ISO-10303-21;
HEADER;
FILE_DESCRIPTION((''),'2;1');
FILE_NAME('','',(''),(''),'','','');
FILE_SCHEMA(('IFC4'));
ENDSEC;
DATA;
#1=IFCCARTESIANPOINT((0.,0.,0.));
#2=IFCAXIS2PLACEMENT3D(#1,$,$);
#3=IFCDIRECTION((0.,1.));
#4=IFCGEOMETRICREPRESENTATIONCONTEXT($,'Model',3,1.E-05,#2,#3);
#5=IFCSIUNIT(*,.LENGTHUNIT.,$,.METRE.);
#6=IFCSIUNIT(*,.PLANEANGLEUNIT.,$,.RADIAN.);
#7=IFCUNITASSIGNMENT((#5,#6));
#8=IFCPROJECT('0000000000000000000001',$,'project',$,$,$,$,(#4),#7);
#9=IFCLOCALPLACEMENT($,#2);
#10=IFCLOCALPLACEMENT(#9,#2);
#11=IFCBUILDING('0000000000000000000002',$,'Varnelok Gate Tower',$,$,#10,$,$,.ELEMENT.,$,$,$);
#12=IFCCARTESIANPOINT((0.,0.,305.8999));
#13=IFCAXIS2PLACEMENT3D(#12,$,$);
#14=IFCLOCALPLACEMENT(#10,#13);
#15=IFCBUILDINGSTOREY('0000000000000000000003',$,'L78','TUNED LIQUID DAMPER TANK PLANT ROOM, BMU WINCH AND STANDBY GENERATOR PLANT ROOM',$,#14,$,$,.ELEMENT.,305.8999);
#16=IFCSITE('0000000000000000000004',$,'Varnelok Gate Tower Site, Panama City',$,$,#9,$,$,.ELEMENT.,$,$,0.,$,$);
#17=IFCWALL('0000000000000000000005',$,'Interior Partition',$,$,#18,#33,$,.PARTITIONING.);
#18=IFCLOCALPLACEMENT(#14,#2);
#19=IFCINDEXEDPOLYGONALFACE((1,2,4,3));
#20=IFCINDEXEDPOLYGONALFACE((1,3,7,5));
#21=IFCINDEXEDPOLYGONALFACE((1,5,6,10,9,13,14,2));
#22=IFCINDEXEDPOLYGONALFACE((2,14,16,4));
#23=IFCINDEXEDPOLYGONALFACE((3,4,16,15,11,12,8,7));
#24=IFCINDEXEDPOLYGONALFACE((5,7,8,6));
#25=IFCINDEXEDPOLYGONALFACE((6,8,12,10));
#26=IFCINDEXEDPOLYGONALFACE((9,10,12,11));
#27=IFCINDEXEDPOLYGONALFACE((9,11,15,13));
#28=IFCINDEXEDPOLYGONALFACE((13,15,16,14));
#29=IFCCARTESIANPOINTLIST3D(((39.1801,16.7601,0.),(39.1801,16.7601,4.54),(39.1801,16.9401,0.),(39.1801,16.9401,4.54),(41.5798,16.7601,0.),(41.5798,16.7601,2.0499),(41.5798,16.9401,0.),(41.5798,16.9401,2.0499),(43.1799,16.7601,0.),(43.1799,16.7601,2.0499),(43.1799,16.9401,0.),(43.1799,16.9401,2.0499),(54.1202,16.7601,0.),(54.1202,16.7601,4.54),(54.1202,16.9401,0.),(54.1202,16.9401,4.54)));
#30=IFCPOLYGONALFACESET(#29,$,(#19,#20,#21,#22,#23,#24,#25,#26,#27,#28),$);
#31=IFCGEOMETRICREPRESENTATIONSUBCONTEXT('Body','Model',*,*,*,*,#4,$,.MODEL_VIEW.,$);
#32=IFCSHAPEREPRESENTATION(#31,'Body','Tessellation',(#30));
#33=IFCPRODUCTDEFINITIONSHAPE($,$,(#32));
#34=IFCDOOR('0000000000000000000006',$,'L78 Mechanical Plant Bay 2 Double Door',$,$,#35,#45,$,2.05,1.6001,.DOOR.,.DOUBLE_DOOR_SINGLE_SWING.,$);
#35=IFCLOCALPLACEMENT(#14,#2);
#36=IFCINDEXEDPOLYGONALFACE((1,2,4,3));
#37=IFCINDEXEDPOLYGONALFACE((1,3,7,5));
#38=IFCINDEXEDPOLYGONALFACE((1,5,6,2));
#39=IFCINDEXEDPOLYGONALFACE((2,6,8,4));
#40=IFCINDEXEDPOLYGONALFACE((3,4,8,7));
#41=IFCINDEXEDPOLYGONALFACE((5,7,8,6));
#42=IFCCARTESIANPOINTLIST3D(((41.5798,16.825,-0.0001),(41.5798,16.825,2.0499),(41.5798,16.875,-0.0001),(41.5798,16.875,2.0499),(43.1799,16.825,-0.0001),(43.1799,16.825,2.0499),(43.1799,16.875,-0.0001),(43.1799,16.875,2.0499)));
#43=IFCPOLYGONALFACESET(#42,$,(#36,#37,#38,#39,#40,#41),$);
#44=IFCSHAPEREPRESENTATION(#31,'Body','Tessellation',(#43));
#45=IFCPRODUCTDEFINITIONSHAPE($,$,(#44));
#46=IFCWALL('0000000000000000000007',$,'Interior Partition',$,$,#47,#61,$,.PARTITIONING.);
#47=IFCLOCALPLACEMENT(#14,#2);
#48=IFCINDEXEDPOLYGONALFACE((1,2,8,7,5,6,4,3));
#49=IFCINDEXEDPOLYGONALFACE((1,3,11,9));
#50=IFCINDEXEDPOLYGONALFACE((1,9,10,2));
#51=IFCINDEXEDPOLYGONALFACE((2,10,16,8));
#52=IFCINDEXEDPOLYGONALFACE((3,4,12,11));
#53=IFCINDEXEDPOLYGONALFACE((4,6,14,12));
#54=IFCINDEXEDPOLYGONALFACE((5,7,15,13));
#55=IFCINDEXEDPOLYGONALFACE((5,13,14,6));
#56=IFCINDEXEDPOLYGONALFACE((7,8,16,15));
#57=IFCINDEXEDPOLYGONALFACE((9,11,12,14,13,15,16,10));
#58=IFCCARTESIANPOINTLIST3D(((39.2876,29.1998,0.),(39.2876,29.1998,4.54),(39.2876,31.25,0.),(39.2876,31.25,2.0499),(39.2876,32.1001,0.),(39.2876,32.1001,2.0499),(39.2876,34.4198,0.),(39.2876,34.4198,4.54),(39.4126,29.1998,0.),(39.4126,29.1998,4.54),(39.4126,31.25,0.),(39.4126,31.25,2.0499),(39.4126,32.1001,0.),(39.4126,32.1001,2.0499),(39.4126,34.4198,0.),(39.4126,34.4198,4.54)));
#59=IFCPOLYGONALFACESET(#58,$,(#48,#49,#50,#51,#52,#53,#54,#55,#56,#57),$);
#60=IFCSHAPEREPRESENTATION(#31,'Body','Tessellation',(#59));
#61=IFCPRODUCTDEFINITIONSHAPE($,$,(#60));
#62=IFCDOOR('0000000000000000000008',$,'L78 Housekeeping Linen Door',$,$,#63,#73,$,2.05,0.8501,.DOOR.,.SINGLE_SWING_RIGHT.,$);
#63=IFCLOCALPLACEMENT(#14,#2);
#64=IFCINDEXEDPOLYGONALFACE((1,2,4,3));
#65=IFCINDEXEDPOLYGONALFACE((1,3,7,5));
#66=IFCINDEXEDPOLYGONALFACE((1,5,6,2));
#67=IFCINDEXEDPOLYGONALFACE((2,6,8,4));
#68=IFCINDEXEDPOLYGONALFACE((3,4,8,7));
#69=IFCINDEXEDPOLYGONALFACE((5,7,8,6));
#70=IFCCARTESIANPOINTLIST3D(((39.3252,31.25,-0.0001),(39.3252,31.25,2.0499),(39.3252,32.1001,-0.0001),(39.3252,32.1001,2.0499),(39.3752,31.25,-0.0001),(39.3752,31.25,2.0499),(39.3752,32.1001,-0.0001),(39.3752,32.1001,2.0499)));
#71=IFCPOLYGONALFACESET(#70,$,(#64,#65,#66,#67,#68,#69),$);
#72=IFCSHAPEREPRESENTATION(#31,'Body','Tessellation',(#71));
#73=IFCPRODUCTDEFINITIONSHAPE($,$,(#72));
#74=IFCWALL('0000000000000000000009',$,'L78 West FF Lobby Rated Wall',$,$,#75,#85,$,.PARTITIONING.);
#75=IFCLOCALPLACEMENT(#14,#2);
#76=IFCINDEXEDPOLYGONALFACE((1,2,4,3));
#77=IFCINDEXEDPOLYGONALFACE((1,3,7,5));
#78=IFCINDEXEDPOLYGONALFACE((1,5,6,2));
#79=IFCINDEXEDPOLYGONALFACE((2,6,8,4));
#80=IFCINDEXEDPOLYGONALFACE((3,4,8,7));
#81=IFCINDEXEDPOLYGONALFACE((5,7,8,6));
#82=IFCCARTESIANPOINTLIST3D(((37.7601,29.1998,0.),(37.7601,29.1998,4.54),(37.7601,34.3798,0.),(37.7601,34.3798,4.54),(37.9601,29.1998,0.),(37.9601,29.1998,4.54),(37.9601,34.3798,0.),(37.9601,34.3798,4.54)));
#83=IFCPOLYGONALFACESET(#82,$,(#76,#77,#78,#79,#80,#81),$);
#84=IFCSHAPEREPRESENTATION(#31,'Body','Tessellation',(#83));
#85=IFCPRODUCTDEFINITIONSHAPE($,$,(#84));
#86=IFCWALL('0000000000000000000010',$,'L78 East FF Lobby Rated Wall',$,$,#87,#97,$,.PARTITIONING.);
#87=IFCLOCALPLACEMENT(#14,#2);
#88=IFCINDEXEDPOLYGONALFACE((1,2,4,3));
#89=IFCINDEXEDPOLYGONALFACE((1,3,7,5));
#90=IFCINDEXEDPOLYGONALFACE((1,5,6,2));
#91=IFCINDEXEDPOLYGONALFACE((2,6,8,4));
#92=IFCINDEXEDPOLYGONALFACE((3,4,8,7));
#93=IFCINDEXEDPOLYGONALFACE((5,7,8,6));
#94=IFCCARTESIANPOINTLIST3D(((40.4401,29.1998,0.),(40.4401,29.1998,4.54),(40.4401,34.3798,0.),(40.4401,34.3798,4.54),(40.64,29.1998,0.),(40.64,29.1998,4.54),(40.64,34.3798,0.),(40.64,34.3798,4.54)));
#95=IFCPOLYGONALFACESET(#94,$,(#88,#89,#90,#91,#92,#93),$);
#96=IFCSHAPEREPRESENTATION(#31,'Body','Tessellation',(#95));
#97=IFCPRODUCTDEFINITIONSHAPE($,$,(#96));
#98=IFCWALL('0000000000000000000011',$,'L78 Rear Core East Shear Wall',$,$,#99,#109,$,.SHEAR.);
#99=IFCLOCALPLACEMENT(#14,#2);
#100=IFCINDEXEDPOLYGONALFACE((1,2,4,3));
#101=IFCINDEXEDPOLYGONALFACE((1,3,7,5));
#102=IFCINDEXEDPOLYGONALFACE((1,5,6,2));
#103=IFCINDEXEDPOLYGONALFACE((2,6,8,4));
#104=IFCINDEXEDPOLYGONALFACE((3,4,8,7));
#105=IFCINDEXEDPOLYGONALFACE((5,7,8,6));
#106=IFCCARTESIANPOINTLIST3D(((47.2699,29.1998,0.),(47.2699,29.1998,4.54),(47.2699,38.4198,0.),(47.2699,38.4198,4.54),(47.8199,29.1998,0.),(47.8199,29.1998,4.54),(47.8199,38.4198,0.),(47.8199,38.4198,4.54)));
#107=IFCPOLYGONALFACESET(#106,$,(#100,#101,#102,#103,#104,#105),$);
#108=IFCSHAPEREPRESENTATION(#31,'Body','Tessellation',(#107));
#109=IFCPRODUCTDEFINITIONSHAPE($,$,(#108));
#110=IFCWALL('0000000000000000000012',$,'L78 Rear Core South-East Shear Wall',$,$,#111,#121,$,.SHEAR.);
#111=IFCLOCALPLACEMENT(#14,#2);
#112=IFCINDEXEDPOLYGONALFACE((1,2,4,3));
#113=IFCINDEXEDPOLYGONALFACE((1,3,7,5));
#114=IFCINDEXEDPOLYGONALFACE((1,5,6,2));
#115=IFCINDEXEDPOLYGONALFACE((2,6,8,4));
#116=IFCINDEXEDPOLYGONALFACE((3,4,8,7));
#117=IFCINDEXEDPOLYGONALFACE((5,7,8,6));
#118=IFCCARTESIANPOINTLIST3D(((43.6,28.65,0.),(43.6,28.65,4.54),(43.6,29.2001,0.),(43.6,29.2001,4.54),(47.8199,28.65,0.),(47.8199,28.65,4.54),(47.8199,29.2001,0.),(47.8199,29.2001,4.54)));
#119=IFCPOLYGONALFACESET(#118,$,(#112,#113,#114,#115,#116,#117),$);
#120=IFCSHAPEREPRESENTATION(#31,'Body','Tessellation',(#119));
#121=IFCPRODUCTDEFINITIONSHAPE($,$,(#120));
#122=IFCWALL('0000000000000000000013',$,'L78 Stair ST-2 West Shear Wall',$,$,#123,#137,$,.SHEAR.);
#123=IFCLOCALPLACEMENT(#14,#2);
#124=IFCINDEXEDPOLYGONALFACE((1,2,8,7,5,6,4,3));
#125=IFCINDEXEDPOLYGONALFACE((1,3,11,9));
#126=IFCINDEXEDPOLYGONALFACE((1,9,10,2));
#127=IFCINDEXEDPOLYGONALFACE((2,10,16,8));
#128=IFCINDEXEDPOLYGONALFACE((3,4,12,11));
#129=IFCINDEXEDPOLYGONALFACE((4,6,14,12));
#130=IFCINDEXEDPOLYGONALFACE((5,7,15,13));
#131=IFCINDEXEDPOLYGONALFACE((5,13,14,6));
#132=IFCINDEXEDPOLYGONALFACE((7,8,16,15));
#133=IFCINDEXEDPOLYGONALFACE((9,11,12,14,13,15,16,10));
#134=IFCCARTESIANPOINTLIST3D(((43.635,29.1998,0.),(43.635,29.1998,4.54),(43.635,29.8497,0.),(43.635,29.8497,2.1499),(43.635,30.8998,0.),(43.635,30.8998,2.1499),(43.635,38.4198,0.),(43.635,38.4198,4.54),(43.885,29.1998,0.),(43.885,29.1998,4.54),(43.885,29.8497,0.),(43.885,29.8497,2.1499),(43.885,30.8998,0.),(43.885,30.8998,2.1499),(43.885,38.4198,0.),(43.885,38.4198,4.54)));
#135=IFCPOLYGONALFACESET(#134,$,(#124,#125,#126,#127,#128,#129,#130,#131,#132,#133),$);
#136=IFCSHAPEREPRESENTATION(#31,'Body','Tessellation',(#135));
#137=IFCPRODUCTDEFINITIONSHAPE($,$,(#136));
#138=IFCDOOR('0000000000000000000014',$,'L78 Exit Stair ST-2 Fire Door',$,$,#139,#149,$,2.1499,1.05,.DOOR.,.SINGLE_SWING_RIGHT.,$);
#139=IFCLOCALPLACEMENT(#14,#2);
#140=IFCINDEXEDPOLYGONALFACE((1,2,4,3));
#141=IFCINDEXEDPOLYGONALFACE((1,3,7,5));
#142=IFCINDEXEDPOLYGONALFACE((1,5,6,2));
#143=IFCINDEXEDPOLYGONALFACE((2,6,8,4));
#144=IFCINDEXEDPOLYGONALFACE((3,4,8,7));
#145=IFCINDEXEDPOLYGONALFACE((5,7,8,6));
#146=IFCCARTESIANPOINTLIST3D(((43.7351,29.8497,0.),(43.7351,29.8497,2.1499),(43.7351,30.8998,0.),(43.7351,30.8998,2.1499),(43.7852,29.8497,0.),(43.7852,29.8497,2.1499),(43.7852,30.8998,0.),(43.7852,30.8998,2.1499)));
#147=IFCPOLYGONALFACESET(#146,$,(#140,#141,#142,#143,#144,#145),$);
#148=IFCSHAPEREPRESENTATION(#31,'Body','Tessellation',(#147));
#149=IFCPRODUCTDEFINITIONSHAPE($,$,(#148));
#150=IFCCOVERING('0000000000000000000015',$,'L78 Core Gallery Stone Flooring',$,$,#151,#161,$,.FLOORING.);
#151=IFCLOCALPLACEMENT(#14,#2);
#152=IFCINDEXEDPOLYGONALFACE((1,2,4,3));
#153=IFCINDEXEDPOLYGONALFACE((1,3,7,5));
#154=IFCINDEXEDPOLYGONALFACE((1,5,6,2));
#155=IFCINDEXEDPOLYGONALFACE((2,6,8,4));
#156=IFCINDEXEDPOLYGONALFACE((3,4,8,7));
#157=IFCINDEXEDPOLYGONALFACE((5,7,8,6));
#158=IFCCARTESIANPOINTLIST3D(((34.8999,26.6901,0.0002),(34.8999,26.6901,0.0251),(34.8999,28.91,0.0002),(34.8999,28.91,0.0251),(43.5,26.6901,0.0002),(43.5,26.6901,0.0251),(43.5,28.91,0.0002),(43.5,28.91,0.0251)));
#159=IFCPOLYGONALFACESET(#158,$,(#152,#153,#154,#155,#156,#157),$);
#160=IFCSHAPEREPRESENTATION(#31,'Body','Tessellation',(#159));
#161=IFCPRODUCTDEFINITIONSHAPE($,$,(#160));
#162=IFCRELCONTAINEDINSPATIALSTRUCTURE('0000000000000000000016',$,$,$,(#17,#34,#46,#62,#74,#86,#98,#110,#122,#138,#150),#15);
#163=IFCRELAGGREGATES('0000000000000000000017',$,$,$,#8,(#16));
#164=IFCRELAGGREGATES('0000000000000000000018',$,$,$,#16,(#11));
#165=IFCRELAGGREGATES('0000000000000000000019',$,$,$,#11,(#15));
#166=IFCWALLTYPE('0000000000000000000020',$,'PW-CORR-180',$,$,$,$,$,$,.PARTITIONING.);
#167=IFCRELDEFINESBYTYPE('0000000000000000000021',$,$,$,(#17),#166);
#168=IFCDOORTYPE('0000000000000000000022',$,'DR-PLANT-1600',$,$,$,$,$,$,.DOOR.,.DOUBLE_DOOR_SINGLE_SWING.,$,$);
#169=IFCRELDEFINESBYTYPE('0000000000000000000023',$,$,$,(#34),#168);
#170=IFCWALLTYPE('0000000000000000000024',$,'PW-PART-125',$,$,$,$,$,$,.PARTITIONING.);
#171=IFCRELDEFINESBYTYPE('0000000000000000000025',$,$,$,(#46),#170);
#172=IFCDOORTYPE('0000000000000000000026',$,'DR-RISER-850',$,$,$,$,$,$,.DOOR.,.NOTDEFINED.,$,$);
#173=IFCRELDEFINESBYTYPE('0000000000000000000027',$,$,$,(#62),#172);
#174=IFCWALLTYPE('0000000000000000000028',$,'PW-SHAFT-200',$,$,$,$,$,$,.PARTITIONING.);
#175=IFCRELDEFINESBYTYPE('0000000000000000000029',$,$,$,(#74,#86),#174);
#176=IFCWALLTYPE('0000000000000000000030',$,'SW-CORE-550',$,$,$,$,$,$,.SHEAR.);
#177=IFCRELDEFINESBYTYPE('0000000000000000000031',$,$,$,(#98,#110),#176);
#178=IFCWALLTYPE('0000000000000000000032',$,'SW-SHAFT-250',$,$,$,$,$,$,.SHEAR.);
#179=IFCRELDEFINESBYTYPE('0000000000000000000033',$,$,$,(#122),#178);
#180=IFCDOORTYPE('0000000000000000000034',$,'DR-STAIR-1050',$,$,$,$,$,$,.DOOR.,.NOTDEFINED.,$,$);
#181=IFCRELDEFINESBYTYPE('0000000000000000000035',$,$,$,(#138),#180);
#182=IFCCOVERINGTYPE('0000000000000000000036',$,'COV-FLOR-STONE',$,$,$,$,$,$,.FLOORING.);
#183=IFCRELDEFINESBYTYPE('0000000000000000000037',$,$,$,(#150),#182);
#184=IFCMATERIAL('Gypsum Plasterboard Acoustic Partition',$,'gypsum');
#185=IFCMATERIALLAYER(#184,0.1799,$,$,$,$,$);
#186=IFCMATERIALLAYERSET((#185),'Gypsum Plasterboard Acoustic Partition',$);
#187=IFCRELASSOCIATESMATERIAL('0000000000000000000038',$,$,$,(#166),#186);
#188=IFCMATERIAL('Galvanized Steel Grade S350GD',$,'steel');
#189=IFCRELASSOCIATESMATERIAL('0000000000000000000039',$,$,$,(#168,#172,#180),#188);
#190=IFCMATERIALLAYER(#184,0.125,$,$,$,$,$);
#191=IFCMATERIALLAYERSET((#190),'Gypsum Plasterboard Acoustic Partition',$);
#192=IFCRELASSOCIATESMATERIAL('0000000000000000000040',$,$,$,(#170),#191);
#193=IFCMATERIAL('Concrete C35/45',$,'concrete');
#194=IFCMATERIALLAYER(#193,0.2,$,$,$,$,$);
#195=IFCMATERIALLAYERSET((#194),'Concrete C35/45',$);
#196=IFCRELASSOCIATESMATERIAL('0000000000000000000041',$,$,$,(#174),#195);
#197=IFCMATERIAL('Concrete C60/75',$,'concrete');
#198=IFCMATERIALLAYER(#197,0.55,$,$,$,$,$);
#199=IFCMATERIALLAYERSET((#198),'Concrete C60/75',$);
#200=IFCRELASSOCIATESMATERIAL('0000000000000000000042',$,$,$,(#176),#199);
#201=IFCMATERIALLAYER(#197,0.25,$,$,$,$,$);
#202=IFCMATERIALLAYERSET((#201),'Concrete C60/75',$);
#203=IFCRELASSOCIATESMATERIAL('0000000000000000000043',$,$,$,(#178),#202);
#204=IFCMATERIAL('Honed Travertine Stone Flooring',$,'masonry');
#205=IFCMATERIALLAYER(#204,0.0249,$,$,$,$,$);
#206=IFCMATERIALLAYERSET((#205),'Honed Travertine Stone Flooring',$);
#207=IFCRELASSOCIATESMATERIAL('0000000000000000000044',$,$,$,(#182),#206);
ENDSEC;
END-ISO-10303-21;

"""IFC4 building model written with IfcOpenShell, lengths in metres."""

from ifc_helpers import new_model, si_unit, direction, frame, frame_2d, origin, origin_2d, place, context, subcontext, project, spatial, rectangle, extrude, source, transform, mapped, material, layer, layer_set, type_object, element, fill, save


model = new_model("IFC4")

# Units and contexts
model_context = context("Model", 3, precision=1e-05, world=origin(), true_north=direction((0.0, 1.0)))
body_context = subcontext(model_context, "Body", "Model", "MODEL_VIEW")
ifc_project = project(units=[si_unit("LENGTHUNIT", "METRE"), si_unit("PLANEANGLEUNIT", "RADIAN")], contexts=[model_context])

# Site, building, storey
site_placement = place(None, origin())
site = spatial("IfcSite", under=ifc_project, at=site_placement, Name="Varnelok Gate Tower Site, Panama City", CompositionType="ELEMENT", RefElevation=0.0)
building_placement = place(site_placement, origin())
building = spatial("IfcBuilding", under=site, at=building_placement, Name="Varnelok Gate Tower", CompositionType="ELEMENT")
storey_placement = place(building_placement, frame((0.0, 0.0, 305.8999)))
storey = spatial("IfcBuildingStorey", under=building, at=storey_placement, Name="L78", Description="TUNED LIQUID DAMPER TANK PLANT ROOM, BMU WINCH AND STANDBY GENERATOR PLANT ROOM", CompositionType="ELEMENT", Elevation=305.8999)

# Shared definitions
ifc_material_1 = material(Name="Gypsum Plasterboard Acoustic Partition", Category="gypsum")
ifc_layer_1 = layer(ifc_material_1, 0.1799)
ifc_layer_set_1 = layer_set([ifc_layer_1], Name="Gypsum Plasterboard Acoustic Partition")
wall_type_1 = type_object("IfcWallType", Name="PW-CORR-180", PredefinedType="PARTITIONING", material=ifc_layer_set_1)

# Walls, openings, doors
wall_1_placement = place(storey_placement, frame((39.1799, 16.8501, 0.0), z_axis=(0.0, 0.0, 1.0), x_axis=(1.0, 0.0, 0.0)))
wall_1 = element("IfcWall", 1, at=wall_1_placement, inside=storey, type_object=wall_type_1, Name="Interior Partition", PredefinedType="PARTITIONING", context=body_context, shape_type="SweptSolid", body=[
    extrude(rectangle(XDim=14.9402, YDim=0.1799, at=frame_2d((7.4702, 0.0))), origin(), (0.0, 0.0, 1.0), 4.54),
])
opening_1_placement = place(wall_1_placement, frame((2.3999, 0.0, 0.0)))
opening_1 = element("IfcOpeningElement", 2, at=opening_1_placement, cuts=wall_1, PredefinedType="OPENING", context=body_context, shape_type="SweptSolid", body=[
    extrude(rectangle(XDim=1.6001, YDim=2.05, at=frame_2d((0.8, 1.0249))), frame((0.0, 0.0999, 0.0), z_axis=(0.0, -1.0, 0.0), x_axis=(1.0, 0.0, 0.0)), (0.0, 0.0, 1.0), 0.2),
])
ifc_material_2 = material(Name="Galvanized Steel Grade S350GD", Category="steel")
door_type_1 = type_object("IfcDoorType", Name="DR-PLANT-1600", OperationType="DOUBLE_DOOR_SINGLE_SWING", PredefinedType="DOOR", material=ifc_material_2)
door_1_placement = place(opening_1_placement, origin())
door_1 = element("IfcDoor", 3, at=door_1_placement, inside=storey, type_object=door_type_1, Name="L78 Mechanical Plant Bay 2 Double Door", OperationType="DOUBLE_DOOR_SINGLE_SWING", OverallHeight=2.05, OverallWidth=1.6001, PredefinedType="DOOR", context=body_context, shape_type="SweptSolid", body=[
    extrude(rectangle(XDim=1.6001, YDim=2.05, at=frame_2d((0.8, 1.0249))), frame((0.0, 0.0249, 0.0), z_axis=(0.0, -1.0, 0.0), x_axis=(1.0, 0.0, 0.0)), (0.0, 0.0, 1.0), 0.05),
])
fill(opening_1, door_1)
ifc_layer_2 = layer(ifc_material_1, 0.125)
ifc_layer_set_2 = layer_set([ifc_layer_2], Name="Gypsum Plasterboard Acoustic Partition")
wall_type_2 = type_object("IfcWallType", Name="PW-PART-125", PredefinedType="PARTITIONING", material=ifc_layer_set_2)
wall_2_placement = place(storey_placement, frame((39.3501, 29.2, 0.0), z_axis=(0.0, 0.0, 1.0), x_axis=(0.0, 1.0, 0.0)))
wall_2 = element("IfcWall", 4, at=wall_2_placement, inside=storey, type_object=wall_type_2, Name="Interior Partition", PredefinedType="PARTITIONING", context=body_context, shape_type="SweptSolid", body=[
    extrude(rectangle(XDim=5.22, YDim=0.125, at=frame_2d((2.6099, 0.0))), origin(), (0.0, 0.0, 1.0), 4.54),
])
opening_2_placement = place(wall_2_placement, frame((2.05, 0.0, 0.0)))
opening_2 = element("IfcOpeningElement", 5, at=opening_2_placement, cuts=wall_2, PredefinedType="OPENING", context=body_context, shape_type="SweptSolid", body=[
    extrude(rectangle(XDim=0.8501, YDim=2.05, at=frame_2d((0.425, 1.0249))), frame((0.0, 0.0725, 0.0), z_axis=(0.0, -1.0, 0.0), x_axis=(1.0, 0.0, 0.0)), (0.0, 0.0, 1.0), 0.145),
])
door_type_2 = type_object("IfcDoorType", Name="DR-RISER-850", OperationType="NOTDEFINED", PredefinedType="DOOR", material=ifc_material_2)
door_2_placement = place(opening_2_placement, origin())
door_2 = element("IfcDoor", 6, at=door_2_placement, inside=storey, type_object=door_type_2, Name="L78 Housekeeping Linen Door", OperationType="SINGLE_SWING_RIGHT", OverallHeight=2.05, OverallWidth=0.8501, PredefinedType="DOOR", context=body_context, shape_type="SweptSolid", body=[
    extrude(rectangle(XDim=0.8501, YDim=2.05, at=frame_2d((0.425, 1.0249))), frame((0.0, 0.0249, 0.0), z_axis=(0.0, -1.0, 0.0), x_axis=(1.0, 0.0, 0.0)), (0.0, 0.0, 1.0), 0.05),
])
fill(opening_2, door_2)

# Walls
ifc_material_3 = material(Name="Concrete C35/45", Category="concrete")
ifc_layer_3 = layer(ifc_material_3, 0.2)
ifc_layer_set_3 = layer_set([ifc_layer_3], Name="Concrete C35/45")
wall_type_3 = type_object("IfcWallType", Name="PW-SHAFT-200", PredefinedType="PARTITIONING", material=ifc_layer_set_3)
for number, where, z_axis, x_axis, name in (
    (7, (37.8601, 29.2, 0.0), (0.0, 0.0, 1.0), (0.0, 1.0, 0.0), "L78 West FF Lobby Rated Wall"),
    (8, (40.54, 29.2, 0.0), (0.0, 0.0, 1.0), (0.0, 1.0, 0.0), "L78 East FF Lobby Rated Wall"),
):
    element("IfcWall", number, at=place(storey_placement, frame(where, z_axis=z_axis, x_axis=x_axis)), inside=storey, type_object=wall_type_3, Name=name, PredefinedType="PARTITIONING", context=body_context, shape_type="SweptSolid", body=[
        extrude(rectangle(XDim=5.1799, YDim=0.2, at=frame_2d((2.5898, 0.0))), origin(), (0.0, 0.0, 1.0), 4.54),
    ])
ifc_material_4 = material(Name="Concrete C60/75", Category="concrete")
ifc_layer_4 = layer(ifc_material_4, 0.55)
ifc_layer_set_4 = layer_set([ifc_layer_4], Name="Concrete C60/75")
wall_type_4 = type_object("IfcWallType", Name="SW-CORE-550", PredefinedType="SHEAR", material=ifc_layer_set_4)
wall_3_placement = place(storey_placement, frame((47.5449, 29.2, 0.0), z_axis=(0.0, 0.0, 1.0), x_axis=(0.0, 1.0, 0.0)))
element("IfcWall", 9, at=wall_3_placement, inside=storey, type_object=wall_type_4, Name="L78 Rear Core East Shear Wall", PredefinedType="SHEAR", context=body_context, shape_type="SweptSolid", body=[
    extrude(rectangle(XDim=9.22, YDim=0.55, at=frame_2d((4.6099, 0.0))), origin(), (0.0, 0.0, 1.0), 4.54),
])
wall_4_placement = place(storey_placement, frame((43.6001, 28.925, 0.0), z_axis=(0.0, 0.0, 1.0), x_axis=(1.0, 0.0, 0.0)))
element("IfcWall", 10, at=wall_4_placement, inside=storey, type_object=wall_type_4, Name="L78 Rear Core South-East Shear Wall", PredefinedType="SHEAR", context=body_context, shape_type="SweptSolid", body=[
    extrude(rectangle(XDim=4.22, YDim=0.55, at=frame_2d((2.1099, 0.0))), origin(), (0.0, 0.0, 1.0), 4.54),
])

# Wall, opening, door
ifc_layer_5 = layer(ifc_material_4, 0.25)
ifc_layer_set_5 = layer_set([ifc_layer_5], Name="Concrete C60/75")
wall_type_5 = type_object("IfcWallType", Name="SW-SHAFT-250", PredefinedType="SHEAR", material=ifc_layer_set_5)
wall_5_placement = place(storey_placement, frame((43.76, 29.2, 0.0), z_axis=(0.0, 0.0, 1.0), x_axis=(0.0, 1.0, 0.0)))
wall_5 = element("IfcWall", 11, at=wall_5_placement, inside=storey, type_object=wall_type_5, Name="L78 Stair ST-2 West Shear Wall", PredefinedType="SHEAR", context=body_context, shape_type="SweptSolid", body=[
    extrude(rectangle(XDim=9.22, YDim=0.25, at=frame_2d((4.6099, 0.0))), origin(), (0.0, 0.0, 1.0), 4.54),
])
opening_3_placement = place(wall_5_placement, frame((0.6499, 0.0, 0.0)))
opening_3 = element("IfcOpeningElement", 12, at=opening_3_placement, cuts=wall_5, PredefinedType="OPENING", context=body_context, shape_type="SweptSolid", body=[
    extrude(rectangle(XDim=1.05, YDim=2.1499, at=frame_2d((0.5249, 1.075))), frame((0.0, 0.135, 0.0), z_axis=(0.0, -1.0, 0.0), x_axis=(1.0, 0.0, 0.0)), (0.0, 0.0, 1.0), 0.27),
])
door_type_3 = type_object("IfcDoorType", Name="DR-STAIR-1050", OperationType="NOTDEFINED", PredefinedType="DOOR", material=ifc_material_2)
door_3_placement = place(opening_3_placement, origin())
door_3 = element("IfcDoor", 13, at=door_3_placement, inside=storey, type_object=door_type_3, Name="L78 Exit Stair ST-2 Fire Door", OperationType="SINGLE_SWING_RIGHT", OverallHeight=2.1499, OverallWidth=1.05, PredefinedType="DOOR", context=body_context, shape_type="SweptSolid", body=[
    extrude(rectangle(XDim=1.05, YDim=2.1499, at=frame_2d((0.5249, 1.075))), frame((0.0, 0.0249, 0.0), z_axis=(0.0, -1.0, 0.0), x_axis=(1.0, 0.0, 0.0)), (0.0, 0.0, 1.0), 0.05),
])
fill(opening_3, door_3)

# Covering
ifc_material_5 = material(Name="Honed Travertine Stone Flooring", Category="masonry")
ifc_layer_6 = layer(ifc_material_5, 0.0249)
ifc_layer_set_6 = layer_set([ifc_layer_6], Name="Honed Travertine Stone Flooring")
covering_type_1 = type_object("IfcCoveringType", Name="COV-FLOR-STONE", PredefinedType="FLOORING", material=ifc_layer_set_6)
shared_shape_1 = source(origin(), body_context, "Body", "SweptSolid", [
    extrude(rectangle(XDim=8.6001, YDim=2.22, at=origin_2d()), origin(), (0.0, 0.0, 1.0), 0.0249),
])
covering_1_placement = place(storey_placement, frame((39.2, 27.8, 0.0002), z_axis=(0.0, 0.0, 1.0), x_axis=(1.0, 0.0, 0.0)))
element("IfcCovering", 14, at=covering_1_placement, inside=storey, type_object=covering_type_1, Name="L78 Core Gallery Stone Flooring", PredefinedType="FLOORING", context=body_context, shape_type="MappedRepresentation", body=[
    mapped(shared_shape_1, transform((0.0, 0.0, 0.0), scale=1.0)),
])

save(model, "model.ifc")
